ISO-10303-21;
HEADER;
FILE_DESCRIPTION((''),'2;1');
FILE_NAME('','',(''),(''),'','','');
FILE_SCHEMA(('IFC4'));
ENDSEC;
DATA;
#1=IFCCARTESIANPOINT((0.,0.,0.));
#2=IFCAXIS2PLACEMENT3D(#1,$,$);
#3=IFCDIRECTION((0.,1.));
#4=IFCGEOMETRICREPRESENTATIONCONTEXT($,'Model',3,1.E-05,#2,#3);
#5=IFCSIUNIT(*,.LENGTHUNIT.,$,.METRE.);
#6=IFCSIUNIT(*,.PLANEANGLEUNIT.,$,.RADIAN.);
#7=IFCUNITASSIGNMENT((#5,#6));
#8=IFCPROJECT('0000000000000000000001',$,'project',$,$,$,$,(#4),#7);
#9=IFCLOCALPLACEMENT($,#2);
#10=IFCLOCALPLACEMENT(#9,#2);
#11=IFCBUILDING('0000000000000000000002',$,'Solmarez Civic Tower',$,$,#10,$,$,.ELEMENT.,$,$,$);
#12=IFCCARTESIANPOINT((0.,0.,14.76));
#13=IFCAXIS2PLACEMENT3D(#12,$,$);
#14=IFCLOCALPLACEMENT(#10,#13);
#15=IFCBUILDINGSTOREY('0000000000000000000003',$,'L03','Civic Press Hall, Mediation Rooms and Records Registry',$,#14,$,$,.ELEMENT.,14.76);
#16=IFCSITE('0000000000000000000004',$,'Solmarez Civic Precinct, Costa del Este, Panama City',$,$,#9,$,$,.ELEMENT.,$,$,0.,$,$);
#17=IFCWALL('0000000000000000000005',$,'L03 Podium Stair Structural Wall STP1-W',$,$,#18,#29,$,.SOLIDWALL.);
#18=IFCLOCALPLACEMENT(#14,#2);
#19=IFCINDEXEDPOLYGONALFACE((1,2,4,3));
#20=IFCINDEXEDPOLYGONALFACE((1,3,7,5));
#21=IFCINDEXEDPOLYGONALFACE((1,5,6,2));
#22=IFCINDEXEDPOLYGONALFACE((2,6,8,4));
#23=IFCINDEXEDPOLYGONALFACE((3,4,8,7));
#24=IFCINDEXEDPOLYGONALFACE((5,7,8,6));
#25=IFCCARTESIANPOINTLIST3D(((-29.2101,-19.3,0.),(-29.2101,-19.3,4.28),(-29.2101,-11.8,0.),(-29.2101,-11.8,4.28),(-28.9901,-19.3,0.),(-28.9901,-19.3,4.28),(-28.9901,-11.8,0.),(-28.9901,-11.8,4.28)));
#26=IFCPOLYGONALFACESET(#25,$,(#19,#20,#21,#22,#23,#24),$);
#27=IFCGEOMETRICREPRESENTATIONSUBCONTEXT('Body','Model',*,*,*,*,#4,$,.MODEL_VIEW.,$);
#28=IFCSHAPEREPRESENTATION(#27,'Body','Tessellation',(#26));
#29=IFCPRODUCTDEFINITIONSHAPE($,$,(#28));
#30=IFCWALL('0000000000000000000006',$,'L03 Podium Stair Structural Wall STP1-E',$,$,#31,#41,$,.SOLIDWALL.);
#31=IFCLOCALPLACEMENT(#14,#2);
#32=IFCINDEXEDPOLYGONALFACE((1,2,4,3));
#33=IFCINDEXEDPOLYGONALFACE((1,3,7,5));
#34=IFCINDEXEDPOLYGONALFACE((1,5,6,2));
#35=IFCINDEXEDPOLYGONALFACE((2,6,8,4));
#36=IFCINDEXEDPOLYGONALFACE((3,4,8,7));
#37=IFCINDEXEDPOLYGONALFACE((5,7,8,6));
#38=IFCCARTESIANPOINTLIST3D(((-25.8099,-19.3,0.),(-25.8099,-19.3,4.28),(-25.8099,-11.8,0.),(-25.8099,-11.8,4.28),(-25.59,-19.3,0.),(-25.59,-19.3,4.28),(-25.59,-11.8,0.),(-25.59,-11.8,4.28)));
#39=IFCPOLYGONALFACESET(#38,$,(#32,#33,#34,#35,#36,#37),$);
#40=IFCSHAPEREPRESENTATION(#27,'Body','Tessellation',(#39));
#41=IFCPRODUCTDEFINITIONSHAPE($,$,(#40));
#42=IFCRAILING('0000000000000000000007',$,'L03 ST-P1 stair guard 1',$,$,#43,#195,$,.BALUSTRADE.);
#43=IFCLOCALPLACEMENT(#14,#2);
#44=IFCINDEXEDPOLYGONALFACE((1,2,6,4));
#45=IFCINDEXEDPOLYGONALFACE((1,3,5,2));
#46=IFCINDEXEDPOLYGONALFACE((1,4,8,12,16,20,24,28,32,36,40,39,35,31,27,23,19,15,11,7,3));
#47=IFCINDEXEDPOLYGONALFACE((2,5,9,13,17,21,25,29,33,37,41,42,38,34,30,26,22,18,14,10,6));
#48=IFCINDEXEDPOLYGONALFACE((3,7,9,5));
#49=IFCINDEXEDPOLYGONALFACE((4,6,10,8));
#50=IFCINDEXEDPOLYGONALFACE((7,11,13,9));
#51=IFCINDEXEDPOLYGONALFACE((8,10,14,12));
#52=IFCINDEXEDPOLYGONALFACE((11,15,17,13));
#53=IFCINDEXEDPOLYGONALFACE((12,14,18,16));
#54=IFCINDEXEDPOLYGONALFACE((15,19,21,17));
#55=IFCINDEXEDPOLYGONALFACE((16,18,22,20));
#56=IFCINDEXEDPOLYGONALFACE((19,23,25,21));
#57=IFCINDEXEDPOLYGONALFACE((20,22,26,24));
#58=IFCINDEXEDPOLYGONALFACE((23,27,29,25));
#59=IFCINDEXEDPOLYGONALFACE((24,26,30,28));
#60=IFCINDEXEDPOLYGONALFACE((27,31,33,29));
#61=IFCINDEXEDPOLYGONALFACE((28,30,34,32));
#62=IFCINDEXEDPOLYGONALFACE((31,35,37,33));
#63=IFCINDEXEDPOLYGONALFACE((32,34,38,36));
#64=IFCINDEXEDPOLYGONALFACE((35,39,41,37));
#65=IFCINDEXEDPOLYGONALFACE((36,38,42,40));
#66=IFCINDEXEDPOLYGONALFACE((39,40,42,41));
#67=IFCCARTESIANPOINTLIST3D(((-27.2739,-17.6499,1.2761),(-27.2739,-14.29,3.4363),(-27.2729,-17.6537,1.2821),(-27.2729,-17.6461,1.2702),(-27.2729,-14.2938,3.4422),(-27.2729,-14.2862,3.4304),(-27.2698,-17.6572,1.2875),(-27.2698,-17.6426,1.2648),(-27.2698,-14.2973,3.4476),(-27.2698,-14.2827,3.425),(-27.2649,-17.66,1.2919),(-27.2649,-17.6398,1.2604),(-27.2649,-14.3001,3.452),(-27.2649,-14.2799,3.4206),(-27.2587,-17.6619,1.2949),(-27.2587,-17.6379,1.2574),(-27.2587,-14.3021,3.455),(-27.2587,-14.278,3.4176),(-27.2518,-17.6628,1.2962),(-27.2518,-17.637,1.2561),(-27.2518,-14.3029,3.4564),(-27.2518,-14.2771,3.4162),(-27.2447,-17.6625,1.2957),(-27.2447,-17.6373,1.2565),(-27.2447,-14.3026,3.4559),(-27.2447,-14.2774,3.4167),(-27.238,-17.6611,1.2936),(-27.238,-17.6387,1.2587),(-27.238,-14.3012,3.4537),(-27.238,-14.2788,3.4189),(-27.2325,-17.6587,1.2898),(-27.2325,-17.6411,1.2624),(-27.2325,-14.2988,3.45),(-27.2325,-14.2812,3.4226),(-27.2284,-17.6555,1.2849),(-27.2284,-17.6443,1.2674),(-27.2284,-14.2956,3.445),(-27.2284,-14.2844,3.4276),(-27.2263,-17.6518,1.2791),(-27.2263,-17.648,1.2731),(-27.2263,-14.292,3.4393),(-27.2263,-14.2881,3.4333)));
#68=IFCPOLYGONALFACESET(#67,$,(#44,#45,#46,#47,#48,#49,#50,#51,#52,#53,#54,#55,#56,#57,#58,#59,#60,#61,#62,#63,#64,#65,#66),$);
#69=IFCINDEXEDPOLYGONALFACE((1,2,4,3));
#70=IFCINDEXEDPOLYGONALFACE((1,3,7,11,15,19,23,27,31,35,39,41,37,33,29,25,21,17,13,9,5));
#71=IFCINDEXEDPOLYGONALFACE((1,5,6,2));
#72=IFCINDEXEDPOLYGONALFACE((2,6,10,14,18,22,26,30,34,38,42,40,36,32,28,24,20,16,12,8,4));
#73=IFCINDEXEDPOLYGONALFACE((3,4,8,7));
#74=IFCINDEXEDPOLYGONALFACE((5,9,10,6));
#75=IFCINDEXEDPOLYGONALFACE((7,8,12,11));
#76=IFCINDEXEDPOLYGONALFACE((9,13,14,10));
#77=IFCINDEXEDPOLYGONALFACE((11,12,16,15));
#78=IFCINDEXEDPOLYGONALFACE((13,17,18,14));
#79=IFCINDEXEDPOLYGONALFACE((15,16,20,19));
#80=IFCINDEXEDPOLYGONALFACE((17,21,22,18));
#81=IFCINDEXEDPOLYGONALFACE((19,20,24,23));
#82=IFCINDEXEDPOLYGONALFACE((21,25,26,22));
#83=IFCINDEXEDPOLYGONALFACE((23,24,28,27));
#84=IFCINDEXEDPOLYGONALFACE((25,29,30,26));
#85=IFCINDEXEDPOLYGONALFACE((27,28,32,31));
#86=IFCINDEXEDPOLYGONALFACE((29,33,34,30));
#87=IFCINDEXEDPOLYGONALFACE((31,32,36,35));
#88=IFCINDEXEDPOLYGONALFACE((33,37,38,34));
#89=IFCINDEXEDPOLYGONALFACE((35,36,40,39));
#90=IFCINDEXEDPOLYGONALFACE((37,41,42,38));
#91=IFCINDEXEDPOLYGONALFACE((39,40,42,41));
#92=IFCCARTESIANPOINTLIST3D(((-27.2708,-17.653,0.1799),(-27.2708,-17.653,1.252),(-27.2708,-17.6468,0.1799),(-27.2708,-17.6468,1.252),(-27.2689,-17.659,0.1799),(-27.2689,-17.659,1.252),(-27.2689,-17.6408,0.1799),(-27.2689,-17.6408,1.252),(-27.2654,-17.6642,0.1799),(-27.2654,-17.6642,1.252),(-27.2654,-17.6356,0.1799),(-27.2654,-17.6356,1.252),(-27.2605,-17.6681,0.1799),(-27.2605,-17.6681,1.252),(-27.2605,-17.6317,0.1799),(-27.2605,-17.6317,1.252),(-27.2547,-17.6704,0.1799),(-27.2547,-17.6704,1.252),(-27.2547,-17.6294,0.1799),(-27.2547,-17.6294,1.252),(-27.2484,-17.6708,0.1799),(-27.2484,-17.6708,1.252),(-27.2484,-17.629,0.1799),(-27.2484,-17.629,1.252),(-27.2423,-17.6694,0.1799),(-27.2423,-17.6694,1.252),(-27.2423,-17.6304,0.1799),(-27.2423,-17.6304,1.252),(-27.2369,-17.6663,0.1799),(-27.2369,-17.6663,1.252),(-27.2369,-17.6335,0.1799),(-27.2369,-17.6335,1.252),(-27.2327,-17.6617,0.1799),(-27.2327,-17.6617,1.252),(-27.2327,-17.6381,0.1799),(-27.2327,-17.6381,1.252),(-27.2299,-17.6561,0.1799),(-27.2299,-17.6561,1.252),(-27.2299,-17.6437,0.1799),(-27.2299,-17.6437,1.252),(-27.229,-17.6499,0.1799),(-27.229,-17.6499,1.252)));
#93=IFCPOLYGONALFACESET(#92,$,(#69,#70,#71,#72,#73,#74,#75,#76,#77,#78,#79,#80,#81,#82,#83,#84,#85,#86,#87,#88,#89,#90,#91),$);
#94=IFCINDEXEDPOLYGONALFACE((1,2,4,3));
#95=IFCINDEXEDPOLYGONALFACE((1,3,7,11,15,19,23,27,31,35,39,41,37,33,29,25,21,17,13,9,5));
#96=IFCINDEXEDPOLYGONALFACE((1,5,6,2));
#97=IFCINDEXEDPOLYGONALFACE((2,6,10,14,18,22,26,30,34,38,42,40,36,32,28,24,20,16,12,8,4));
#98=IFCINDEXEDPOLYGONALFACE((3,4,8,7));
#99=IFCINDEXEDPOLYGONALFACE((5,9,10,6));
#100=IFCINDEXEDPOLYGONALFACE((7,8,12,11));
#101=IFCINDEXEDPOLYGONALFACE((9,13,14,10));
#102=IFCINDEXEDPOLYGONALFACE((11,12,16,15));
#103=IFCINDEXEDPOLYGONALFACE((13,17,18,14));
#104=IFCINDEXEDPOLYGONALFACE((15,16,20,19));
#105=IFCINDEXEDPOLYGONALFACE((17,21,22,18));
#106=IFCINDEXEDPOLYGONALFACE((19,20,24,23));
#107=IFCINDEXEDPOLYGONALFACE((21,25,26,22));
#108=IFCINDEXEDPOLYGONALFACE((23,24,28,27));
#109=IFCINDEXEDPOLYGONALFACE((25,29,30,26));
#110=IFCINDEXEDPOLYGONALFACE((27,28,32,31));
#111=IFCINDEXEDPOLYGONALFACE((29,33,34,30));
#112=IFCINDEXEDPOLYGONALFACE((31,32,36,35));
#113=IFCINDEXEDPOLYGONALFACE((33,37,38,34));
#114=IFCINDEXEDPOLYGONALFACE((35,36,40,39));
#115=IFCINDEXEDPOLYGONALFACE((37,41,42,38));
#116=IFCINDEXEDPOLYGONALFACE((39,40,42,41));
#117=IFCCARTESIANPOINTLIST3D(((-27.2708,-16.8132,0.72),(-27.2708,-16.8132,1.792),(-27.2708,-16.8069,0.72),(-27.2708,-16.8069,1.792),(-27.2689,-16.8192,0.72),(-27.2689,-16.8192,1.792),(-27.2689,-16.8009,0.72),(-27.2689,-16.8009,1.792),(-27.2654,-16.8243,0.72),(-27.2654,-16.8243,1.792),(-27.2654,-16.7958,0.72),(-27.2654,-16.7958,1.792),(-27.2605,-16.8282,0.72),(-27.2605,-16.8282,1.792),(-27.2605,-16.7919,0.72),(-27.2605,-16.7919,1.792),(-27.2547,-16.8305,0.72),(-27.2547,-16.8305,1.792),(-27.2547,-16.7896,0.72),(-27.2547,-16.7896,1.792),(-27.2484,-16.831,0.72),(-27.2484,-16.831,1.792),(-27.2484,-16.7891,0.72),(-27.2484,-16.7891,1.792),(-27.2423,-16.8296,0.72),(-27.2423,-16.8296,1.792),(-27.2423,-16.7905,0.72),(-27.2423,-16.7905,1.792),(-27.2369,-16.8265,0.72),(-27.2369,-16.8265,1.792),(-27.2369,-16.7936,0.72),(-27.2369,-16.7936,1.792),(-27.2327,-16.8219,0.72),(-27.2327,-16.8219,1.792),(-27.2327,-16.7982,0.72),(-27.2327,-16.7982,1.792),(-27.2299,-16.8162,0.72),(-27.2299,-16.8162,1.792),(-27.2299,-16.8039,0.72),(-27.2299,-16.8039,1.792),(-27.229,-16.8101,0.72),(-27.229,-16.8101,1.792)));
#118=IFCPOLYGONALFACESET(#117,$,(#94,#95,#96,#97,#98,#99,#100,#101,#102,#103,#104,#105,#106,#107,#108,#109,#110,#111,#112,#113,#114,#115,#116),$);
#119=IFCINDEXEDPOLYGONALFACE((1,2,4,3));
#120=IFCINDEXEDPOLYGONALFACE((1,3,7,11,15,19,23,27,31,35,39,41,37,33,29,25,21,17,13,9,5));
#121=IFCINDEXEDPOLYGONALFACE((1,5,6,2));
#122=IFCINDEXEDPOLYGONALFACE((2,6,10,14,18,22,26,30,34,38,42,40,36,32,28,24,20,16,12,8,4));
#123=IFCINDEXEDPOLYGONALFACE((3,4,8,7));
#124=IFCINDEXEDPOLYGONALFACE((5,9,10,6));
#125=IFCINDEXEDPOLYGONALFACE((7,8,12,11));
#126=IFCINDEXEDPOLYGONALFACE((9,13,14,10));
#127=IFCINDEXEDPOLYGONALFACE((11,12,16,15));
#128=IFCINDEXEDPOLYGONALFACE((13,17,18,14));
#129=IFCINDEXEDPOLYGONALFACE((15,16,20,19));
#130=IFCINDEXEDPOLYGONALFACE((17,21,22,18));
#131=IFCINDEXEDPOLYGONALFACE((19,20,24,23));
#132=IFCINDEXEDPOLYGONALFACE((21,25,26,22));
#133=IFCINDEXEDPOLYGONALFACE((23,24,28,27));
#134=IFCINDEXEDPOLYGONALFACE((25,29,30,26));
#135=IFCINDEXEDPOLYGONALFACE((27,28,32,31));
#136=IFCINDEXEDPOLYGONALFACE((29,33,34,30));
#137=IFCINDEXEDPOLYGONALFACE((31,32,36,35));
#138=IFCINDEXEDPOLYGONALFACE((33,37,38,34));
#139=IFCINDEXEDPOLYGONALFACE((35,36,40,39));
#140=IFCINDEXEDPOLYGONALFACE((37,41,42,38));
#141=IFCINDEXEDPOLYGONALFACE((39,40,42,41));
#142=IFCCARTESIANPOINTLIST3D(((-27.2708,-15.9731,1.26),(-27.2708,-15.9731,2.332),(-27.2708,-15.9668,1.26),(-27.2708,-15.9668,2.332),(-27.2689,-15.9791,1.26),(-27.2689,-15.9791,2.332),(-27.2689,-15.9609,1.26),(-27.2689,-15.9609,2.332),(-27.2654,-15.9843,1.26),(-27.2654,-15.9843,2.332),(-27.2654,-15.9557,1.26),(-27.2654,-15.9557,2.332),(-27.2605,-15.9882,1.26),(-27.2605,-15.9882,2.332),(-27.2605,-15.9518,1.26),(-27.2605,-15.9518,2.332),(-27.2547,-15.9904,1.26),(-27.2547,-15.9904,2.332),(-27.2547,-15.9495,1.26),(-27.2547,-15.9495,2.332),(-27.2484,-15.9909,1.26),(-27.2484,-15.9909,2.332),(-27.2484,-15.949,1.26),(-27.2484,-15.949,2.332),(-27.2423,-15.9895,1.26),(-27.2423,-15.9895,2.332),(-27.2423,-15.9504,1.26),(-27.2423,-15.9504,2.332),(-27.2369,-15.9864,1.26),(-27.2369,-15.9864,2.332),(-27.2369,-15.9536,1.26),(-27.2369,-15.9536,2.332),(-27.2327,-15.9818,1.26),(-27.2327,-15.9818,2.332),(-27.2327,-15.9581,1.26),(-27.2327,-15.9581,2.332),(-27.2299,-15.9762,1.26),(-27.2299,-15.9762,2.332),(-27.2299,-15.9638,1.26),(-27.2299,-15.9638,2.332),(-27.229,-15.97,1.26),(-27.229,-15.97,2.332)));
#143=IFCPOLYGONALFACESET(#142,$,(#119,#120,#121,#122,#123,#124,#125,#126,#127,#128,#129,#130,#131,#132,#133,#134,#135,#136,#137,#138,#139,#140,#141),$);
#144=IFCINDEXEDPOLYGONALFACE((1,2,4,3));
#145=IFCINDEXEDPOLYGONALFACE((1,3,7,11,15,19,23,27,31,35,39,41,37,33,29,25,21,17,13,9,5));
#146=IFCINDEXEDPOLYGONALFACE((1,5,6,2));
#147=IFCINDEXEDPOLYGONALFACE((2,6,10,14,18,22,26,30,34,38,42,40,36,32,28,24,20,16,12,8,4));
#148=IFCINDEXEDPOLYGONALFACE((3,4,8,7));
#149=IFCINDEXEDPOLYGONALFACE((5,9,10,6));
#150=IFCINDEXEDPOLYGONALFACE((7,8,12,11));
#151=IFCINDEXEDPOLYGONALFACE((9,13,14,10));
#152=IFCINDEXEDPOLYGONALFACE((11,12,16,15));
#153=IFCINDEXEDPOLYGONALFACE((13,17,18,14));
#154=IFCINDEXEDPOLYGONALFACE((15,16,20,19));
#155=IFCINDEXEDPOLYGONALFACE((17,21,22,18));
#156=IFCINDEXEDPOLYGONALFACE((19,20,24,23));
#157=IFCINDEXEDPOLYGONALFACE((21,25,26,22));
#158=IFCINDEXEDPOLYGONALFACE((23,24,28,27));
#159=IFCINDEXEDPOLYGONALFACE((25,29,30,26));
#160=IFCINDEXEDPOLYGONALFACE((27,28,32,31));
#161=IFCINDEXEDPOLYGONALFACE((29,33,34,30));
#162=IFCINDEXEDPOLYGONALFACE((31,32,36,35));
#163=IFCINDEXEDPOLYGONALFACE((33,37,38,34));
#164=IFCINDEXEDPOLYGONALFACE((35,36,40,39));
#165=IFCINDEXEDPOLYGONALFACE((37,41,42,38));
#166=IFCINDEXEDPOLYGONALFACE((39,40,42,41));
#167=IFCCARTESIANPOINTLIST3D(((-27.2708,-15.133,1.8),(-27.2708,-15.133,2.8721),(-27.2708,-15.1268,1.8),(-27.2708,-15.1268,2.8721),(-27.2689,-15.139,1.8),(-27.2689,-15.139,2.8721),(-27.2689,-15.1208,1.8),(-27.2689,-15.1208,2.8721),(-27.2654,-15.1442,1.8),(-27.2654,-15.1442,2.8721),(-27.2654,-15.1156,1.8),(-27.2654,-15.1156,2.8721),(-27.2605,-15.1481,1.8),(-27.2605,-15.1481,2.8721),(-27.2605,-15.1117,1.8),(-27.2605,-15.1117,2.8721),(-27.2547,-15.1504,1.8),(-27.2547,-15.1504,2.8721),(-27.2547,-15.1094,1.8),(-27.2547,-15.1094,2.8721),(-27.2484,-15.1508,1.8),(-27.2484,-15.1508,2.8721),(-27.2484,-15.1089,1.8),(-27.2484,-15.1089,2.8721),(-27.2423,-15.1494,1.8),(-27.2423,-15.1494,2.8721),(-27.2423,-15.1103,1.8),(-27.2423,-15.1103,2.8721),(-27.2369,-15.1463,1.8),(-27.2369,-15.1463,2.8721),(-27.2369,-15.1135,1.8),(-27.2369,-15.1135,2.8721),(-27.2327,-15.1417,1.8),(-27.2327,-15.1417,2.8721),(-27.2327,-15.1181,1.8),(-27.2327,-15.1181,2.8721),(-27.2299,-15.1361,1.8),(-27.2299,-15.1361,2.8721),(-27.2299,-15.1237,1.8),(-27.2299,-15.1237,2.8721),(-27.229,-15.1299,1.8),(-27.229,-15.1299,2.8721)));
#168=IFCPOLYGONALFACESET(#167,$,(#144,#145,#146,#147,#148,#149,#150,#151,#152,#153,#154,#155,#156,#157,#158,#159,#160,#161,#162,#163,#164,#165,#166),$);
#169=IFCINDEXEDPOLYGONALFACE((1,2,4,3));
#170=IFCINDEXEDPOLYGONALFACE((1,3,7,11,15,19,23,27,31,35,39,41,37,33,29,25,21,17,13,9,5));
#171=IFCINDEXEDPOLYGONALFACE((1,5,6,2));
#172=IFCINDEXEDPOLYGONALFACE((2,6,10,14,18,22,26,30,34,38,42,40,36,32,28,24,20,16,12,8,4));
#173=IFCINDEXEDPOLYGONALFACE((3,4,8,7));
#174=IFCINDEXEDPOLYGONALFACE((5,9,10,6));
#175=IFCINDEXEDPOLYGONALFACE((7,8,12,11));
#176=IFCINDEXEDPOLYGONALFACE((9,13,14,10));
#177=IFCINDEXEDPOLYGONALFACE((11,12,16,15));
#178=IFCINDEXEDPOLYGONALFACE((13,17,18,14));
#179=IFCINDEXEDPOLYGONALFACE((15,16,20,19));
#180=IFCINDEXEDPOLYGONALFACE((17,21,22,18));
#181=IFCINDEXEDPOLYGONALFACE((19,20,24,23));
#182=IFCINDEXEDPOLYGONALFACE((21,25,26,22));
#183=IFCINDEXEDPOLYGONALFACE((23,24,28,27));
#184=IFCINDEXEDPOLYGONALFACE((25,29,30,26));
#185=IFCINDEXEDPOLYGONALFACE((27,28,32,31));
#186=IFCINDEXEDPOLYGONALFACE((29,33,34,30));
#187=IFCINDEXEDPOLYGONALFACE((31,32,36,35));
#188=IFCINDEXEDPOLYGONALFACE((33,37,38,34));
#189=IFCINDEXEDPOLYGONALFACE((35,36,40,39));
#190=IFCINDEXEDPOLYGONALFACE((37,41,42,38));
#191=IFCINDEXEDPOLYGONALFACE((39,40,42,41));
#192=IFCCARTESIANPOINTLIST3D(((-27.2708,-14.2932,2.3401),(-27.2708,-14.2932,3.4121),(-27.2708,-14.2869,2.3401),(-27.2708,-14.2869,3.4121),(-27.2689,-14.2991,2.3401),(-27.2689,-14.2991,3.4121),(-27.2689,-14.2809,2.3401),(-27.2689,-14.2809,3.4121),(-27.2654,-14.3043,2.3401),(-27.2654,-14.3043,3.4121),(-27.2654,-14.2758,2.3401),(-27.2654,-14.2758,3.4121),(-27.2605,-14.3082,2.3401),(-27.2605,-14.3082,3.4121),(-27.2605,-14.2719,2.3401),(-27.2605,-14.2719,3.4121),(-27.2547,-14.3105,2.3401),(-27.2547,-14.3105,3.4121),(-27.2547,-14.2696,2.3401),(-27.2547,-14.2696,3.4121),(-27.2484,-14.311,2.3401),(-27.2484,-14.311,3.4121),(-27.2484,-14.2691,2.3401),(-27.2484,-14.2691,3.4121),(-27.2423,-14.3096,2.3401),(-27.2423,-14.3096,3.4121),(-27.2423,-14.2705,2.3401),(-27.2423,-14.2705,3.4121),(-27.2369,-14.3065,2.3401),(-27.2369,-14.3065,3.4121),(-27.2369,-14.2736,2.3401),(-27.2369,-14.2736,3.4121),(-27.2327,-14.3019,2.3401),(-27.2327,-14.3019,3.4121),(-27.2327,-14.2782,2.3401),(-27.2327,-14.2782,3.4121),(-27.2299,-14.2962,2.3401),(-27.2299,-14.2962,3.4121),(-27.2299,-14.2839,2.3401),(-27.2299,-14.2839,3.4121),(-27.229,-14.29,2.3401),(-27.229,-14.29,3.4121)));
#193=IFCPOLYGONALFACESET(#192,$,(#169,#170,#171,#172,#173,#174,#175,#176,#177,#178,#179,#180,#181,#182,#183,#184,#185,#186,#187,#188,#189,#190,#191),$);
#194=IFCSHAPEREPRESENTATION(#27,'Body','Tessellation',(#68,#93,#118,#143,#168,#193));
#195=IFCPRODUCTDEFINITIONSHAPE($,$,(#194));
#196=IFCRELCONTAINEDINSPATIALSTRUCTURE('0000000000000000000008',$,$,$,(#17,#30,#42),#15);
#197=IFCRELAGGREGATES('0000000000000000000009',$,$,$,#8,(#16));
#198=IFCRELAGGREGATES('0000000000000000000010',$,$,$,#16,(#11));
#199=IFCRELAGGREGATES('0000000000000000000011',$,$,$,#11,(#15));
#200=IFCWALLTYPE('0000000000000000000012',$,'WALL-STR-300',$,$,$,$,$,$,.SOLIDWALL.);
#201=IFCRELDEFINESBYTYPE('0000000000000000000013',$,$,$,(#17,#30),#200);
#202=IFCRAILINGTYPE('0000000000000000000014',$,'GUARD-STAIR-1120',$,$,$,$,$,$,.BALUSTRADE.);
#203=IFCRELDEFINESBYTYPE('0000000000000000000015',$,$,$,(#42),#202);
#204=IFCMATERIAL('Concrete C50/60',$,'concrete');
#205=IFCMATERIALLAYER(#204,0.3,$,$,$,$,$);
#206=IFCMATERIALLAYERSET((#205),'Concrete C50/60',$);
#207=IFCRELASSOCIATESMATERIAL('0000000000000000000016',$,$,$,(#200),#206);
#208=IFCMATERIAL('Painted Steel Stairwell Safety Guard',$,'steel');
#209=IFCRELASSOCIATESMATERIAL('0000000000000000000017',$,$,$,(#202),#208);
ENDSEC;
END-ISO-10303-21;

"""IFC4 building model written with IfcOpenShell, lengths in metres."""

from ifc_helpers import new_model, si_unit, direction, frame, frame_2d, origin, origin_2d, place, context, subcontext, project, spatial, rectangle, circle, extrude, material, layer, layer_set, type_object, element, save


model = new_model("IFC4")

# Units and contexts
model_context = context("Model", 3, precision=1e-05, world=origin(), true_north=direction((0.0, 1.0)))
body_context = subcontext(model_context, "Body", "Model", "MODEL_VIEW")
ifc_project = project(units=[si_unit("LENGTHUNIT", "METRE"), si_unit("PLANEANGLEUNIT", "RADIAN")], contexts=[model_context])

# Site, building, storey
site_placement = place(None, origin())
site = spatial("IfcSite", under=ifc_project, at=site_placement, Name="Solmarez Civic Precinct, Costa del Este, Panama City", CompositionType="ELEMENT", RefElevation=0.0)
building_placement = place(site_placement, origin())
building = spatial("IfcBuilding", under=site, at=building_placement, Name="Solmarez Civic Tower", CompositionType="ELEMENT")
storey_placement = place(building_placement, frame((0.0, 0.0, 14.76)))
storey = spatial("IfcBuildingStorey", under=building, at=storey_placement, Name="L03", Description="Civic Press Hall, Mediation Rooms and Records Registry", CompositionType="ELEMENT", Elevation=14.76)

# Shared definitions
ifc_material_1 = material(Name="Concrete C50/60", Category="concrete")

# Walls
ifc_layer_1 = layer(ifc_material_1, 0.3)
ifc_layer_set_1 = layer_set([ifc_layer_1], Name="Concrete C50/60")
wall_type_1 = type_object("IfcWallType", Name="WALL-STR-300", PredefinedType="SOLIDWALL", material=ifc_layer_set_1)
for number, where, z_axis, x_axis, name in (
    (1, (-29.1001, -19.3, 0.0), (0.0, 0.0, 1.0), (0.0, 1.0, 0.0), "L03 Podium Stair Structural Wall STP1-W"),
    (2, (-25.7, -19.3, 0.0), (0.0, 0.0, 1.0), (0.0, 1.0, 0.0), "L03 Podium Stair Structural Wall STP1-E"),
):
    element("IfcWall", number, at=place(storey_placement, frame(where, z_axis=z_axis, x_axis=x_axis)), inside=storey, type_object=wall_type_1, Name=name, PredefinedType="SOLIDWALL", context=body_context, shape_type="SweptSolid", body=[
        extrude(rectangle(XDim=7.5, YDim=0.22, at=frame_2d((3.75, 0.0))), origin(), (0.0, 0.0, 1.0), 4.28),
    ])

# Railing
ifc_material_2 = material(Name="Painted Steel Stairwell Safety Guard", Category="steel")
railing_type_1 = type_object("IfcRailingType", Name="GUARD-STAIR-1120", PredefinedType="BALUSTRADE", material=ifc_material_2)
railing_1_placement = place(storey_placement, frame((-27.25, -17.6499, 0.1799)))
element("IfcRailing", 3, at=railing_1_placement, inside=storey, type_object=railing_type_1, Name="L03 ST-P1 stair guard 1", PredefinedType="BALUSTRADE", context=body_context, shape_type="SweptSolid", body=[
    extrude(circle(Radius=0.0239, at=origin_2d()), frame((0.0, 0.0, 1.0962), z_axis=(0.0, 0.841151, 0.540801), x_axis=(-1.0, 0.0, 0.0)), (0.0, 0.0, 1.0), 3.9944),
    extrude(circle(Radius=0.021, at=origin_2d()), origin(), (0.0, 0.0, 1.0), 1.072),
    extrude(circle(Radius=0.021, at=origin_2d()), frame((0.0, 0.8398, 0.54)), (0.0, 0.0, 1.0), 1.072),
    extrude(circle(Radius=0.021, at=origin_2d()), frame((0.0, 1.6799, 1.0801)), (0.0, 0.0, 1.0), 1.072),
    extrude(circle(Radius=0.021, at=origin_2d()), frame((0.0, 2.52, 1.6201)), (0.0, 0.0, 1.0), 1.072),
    extrude(circle(Radius=0.021, at=origin_2d()), frame((0.0, 3.3599, 2.1602)), (0.0, 0.0, 1.0), 1.072),
])

save(model, "model.ifc")
